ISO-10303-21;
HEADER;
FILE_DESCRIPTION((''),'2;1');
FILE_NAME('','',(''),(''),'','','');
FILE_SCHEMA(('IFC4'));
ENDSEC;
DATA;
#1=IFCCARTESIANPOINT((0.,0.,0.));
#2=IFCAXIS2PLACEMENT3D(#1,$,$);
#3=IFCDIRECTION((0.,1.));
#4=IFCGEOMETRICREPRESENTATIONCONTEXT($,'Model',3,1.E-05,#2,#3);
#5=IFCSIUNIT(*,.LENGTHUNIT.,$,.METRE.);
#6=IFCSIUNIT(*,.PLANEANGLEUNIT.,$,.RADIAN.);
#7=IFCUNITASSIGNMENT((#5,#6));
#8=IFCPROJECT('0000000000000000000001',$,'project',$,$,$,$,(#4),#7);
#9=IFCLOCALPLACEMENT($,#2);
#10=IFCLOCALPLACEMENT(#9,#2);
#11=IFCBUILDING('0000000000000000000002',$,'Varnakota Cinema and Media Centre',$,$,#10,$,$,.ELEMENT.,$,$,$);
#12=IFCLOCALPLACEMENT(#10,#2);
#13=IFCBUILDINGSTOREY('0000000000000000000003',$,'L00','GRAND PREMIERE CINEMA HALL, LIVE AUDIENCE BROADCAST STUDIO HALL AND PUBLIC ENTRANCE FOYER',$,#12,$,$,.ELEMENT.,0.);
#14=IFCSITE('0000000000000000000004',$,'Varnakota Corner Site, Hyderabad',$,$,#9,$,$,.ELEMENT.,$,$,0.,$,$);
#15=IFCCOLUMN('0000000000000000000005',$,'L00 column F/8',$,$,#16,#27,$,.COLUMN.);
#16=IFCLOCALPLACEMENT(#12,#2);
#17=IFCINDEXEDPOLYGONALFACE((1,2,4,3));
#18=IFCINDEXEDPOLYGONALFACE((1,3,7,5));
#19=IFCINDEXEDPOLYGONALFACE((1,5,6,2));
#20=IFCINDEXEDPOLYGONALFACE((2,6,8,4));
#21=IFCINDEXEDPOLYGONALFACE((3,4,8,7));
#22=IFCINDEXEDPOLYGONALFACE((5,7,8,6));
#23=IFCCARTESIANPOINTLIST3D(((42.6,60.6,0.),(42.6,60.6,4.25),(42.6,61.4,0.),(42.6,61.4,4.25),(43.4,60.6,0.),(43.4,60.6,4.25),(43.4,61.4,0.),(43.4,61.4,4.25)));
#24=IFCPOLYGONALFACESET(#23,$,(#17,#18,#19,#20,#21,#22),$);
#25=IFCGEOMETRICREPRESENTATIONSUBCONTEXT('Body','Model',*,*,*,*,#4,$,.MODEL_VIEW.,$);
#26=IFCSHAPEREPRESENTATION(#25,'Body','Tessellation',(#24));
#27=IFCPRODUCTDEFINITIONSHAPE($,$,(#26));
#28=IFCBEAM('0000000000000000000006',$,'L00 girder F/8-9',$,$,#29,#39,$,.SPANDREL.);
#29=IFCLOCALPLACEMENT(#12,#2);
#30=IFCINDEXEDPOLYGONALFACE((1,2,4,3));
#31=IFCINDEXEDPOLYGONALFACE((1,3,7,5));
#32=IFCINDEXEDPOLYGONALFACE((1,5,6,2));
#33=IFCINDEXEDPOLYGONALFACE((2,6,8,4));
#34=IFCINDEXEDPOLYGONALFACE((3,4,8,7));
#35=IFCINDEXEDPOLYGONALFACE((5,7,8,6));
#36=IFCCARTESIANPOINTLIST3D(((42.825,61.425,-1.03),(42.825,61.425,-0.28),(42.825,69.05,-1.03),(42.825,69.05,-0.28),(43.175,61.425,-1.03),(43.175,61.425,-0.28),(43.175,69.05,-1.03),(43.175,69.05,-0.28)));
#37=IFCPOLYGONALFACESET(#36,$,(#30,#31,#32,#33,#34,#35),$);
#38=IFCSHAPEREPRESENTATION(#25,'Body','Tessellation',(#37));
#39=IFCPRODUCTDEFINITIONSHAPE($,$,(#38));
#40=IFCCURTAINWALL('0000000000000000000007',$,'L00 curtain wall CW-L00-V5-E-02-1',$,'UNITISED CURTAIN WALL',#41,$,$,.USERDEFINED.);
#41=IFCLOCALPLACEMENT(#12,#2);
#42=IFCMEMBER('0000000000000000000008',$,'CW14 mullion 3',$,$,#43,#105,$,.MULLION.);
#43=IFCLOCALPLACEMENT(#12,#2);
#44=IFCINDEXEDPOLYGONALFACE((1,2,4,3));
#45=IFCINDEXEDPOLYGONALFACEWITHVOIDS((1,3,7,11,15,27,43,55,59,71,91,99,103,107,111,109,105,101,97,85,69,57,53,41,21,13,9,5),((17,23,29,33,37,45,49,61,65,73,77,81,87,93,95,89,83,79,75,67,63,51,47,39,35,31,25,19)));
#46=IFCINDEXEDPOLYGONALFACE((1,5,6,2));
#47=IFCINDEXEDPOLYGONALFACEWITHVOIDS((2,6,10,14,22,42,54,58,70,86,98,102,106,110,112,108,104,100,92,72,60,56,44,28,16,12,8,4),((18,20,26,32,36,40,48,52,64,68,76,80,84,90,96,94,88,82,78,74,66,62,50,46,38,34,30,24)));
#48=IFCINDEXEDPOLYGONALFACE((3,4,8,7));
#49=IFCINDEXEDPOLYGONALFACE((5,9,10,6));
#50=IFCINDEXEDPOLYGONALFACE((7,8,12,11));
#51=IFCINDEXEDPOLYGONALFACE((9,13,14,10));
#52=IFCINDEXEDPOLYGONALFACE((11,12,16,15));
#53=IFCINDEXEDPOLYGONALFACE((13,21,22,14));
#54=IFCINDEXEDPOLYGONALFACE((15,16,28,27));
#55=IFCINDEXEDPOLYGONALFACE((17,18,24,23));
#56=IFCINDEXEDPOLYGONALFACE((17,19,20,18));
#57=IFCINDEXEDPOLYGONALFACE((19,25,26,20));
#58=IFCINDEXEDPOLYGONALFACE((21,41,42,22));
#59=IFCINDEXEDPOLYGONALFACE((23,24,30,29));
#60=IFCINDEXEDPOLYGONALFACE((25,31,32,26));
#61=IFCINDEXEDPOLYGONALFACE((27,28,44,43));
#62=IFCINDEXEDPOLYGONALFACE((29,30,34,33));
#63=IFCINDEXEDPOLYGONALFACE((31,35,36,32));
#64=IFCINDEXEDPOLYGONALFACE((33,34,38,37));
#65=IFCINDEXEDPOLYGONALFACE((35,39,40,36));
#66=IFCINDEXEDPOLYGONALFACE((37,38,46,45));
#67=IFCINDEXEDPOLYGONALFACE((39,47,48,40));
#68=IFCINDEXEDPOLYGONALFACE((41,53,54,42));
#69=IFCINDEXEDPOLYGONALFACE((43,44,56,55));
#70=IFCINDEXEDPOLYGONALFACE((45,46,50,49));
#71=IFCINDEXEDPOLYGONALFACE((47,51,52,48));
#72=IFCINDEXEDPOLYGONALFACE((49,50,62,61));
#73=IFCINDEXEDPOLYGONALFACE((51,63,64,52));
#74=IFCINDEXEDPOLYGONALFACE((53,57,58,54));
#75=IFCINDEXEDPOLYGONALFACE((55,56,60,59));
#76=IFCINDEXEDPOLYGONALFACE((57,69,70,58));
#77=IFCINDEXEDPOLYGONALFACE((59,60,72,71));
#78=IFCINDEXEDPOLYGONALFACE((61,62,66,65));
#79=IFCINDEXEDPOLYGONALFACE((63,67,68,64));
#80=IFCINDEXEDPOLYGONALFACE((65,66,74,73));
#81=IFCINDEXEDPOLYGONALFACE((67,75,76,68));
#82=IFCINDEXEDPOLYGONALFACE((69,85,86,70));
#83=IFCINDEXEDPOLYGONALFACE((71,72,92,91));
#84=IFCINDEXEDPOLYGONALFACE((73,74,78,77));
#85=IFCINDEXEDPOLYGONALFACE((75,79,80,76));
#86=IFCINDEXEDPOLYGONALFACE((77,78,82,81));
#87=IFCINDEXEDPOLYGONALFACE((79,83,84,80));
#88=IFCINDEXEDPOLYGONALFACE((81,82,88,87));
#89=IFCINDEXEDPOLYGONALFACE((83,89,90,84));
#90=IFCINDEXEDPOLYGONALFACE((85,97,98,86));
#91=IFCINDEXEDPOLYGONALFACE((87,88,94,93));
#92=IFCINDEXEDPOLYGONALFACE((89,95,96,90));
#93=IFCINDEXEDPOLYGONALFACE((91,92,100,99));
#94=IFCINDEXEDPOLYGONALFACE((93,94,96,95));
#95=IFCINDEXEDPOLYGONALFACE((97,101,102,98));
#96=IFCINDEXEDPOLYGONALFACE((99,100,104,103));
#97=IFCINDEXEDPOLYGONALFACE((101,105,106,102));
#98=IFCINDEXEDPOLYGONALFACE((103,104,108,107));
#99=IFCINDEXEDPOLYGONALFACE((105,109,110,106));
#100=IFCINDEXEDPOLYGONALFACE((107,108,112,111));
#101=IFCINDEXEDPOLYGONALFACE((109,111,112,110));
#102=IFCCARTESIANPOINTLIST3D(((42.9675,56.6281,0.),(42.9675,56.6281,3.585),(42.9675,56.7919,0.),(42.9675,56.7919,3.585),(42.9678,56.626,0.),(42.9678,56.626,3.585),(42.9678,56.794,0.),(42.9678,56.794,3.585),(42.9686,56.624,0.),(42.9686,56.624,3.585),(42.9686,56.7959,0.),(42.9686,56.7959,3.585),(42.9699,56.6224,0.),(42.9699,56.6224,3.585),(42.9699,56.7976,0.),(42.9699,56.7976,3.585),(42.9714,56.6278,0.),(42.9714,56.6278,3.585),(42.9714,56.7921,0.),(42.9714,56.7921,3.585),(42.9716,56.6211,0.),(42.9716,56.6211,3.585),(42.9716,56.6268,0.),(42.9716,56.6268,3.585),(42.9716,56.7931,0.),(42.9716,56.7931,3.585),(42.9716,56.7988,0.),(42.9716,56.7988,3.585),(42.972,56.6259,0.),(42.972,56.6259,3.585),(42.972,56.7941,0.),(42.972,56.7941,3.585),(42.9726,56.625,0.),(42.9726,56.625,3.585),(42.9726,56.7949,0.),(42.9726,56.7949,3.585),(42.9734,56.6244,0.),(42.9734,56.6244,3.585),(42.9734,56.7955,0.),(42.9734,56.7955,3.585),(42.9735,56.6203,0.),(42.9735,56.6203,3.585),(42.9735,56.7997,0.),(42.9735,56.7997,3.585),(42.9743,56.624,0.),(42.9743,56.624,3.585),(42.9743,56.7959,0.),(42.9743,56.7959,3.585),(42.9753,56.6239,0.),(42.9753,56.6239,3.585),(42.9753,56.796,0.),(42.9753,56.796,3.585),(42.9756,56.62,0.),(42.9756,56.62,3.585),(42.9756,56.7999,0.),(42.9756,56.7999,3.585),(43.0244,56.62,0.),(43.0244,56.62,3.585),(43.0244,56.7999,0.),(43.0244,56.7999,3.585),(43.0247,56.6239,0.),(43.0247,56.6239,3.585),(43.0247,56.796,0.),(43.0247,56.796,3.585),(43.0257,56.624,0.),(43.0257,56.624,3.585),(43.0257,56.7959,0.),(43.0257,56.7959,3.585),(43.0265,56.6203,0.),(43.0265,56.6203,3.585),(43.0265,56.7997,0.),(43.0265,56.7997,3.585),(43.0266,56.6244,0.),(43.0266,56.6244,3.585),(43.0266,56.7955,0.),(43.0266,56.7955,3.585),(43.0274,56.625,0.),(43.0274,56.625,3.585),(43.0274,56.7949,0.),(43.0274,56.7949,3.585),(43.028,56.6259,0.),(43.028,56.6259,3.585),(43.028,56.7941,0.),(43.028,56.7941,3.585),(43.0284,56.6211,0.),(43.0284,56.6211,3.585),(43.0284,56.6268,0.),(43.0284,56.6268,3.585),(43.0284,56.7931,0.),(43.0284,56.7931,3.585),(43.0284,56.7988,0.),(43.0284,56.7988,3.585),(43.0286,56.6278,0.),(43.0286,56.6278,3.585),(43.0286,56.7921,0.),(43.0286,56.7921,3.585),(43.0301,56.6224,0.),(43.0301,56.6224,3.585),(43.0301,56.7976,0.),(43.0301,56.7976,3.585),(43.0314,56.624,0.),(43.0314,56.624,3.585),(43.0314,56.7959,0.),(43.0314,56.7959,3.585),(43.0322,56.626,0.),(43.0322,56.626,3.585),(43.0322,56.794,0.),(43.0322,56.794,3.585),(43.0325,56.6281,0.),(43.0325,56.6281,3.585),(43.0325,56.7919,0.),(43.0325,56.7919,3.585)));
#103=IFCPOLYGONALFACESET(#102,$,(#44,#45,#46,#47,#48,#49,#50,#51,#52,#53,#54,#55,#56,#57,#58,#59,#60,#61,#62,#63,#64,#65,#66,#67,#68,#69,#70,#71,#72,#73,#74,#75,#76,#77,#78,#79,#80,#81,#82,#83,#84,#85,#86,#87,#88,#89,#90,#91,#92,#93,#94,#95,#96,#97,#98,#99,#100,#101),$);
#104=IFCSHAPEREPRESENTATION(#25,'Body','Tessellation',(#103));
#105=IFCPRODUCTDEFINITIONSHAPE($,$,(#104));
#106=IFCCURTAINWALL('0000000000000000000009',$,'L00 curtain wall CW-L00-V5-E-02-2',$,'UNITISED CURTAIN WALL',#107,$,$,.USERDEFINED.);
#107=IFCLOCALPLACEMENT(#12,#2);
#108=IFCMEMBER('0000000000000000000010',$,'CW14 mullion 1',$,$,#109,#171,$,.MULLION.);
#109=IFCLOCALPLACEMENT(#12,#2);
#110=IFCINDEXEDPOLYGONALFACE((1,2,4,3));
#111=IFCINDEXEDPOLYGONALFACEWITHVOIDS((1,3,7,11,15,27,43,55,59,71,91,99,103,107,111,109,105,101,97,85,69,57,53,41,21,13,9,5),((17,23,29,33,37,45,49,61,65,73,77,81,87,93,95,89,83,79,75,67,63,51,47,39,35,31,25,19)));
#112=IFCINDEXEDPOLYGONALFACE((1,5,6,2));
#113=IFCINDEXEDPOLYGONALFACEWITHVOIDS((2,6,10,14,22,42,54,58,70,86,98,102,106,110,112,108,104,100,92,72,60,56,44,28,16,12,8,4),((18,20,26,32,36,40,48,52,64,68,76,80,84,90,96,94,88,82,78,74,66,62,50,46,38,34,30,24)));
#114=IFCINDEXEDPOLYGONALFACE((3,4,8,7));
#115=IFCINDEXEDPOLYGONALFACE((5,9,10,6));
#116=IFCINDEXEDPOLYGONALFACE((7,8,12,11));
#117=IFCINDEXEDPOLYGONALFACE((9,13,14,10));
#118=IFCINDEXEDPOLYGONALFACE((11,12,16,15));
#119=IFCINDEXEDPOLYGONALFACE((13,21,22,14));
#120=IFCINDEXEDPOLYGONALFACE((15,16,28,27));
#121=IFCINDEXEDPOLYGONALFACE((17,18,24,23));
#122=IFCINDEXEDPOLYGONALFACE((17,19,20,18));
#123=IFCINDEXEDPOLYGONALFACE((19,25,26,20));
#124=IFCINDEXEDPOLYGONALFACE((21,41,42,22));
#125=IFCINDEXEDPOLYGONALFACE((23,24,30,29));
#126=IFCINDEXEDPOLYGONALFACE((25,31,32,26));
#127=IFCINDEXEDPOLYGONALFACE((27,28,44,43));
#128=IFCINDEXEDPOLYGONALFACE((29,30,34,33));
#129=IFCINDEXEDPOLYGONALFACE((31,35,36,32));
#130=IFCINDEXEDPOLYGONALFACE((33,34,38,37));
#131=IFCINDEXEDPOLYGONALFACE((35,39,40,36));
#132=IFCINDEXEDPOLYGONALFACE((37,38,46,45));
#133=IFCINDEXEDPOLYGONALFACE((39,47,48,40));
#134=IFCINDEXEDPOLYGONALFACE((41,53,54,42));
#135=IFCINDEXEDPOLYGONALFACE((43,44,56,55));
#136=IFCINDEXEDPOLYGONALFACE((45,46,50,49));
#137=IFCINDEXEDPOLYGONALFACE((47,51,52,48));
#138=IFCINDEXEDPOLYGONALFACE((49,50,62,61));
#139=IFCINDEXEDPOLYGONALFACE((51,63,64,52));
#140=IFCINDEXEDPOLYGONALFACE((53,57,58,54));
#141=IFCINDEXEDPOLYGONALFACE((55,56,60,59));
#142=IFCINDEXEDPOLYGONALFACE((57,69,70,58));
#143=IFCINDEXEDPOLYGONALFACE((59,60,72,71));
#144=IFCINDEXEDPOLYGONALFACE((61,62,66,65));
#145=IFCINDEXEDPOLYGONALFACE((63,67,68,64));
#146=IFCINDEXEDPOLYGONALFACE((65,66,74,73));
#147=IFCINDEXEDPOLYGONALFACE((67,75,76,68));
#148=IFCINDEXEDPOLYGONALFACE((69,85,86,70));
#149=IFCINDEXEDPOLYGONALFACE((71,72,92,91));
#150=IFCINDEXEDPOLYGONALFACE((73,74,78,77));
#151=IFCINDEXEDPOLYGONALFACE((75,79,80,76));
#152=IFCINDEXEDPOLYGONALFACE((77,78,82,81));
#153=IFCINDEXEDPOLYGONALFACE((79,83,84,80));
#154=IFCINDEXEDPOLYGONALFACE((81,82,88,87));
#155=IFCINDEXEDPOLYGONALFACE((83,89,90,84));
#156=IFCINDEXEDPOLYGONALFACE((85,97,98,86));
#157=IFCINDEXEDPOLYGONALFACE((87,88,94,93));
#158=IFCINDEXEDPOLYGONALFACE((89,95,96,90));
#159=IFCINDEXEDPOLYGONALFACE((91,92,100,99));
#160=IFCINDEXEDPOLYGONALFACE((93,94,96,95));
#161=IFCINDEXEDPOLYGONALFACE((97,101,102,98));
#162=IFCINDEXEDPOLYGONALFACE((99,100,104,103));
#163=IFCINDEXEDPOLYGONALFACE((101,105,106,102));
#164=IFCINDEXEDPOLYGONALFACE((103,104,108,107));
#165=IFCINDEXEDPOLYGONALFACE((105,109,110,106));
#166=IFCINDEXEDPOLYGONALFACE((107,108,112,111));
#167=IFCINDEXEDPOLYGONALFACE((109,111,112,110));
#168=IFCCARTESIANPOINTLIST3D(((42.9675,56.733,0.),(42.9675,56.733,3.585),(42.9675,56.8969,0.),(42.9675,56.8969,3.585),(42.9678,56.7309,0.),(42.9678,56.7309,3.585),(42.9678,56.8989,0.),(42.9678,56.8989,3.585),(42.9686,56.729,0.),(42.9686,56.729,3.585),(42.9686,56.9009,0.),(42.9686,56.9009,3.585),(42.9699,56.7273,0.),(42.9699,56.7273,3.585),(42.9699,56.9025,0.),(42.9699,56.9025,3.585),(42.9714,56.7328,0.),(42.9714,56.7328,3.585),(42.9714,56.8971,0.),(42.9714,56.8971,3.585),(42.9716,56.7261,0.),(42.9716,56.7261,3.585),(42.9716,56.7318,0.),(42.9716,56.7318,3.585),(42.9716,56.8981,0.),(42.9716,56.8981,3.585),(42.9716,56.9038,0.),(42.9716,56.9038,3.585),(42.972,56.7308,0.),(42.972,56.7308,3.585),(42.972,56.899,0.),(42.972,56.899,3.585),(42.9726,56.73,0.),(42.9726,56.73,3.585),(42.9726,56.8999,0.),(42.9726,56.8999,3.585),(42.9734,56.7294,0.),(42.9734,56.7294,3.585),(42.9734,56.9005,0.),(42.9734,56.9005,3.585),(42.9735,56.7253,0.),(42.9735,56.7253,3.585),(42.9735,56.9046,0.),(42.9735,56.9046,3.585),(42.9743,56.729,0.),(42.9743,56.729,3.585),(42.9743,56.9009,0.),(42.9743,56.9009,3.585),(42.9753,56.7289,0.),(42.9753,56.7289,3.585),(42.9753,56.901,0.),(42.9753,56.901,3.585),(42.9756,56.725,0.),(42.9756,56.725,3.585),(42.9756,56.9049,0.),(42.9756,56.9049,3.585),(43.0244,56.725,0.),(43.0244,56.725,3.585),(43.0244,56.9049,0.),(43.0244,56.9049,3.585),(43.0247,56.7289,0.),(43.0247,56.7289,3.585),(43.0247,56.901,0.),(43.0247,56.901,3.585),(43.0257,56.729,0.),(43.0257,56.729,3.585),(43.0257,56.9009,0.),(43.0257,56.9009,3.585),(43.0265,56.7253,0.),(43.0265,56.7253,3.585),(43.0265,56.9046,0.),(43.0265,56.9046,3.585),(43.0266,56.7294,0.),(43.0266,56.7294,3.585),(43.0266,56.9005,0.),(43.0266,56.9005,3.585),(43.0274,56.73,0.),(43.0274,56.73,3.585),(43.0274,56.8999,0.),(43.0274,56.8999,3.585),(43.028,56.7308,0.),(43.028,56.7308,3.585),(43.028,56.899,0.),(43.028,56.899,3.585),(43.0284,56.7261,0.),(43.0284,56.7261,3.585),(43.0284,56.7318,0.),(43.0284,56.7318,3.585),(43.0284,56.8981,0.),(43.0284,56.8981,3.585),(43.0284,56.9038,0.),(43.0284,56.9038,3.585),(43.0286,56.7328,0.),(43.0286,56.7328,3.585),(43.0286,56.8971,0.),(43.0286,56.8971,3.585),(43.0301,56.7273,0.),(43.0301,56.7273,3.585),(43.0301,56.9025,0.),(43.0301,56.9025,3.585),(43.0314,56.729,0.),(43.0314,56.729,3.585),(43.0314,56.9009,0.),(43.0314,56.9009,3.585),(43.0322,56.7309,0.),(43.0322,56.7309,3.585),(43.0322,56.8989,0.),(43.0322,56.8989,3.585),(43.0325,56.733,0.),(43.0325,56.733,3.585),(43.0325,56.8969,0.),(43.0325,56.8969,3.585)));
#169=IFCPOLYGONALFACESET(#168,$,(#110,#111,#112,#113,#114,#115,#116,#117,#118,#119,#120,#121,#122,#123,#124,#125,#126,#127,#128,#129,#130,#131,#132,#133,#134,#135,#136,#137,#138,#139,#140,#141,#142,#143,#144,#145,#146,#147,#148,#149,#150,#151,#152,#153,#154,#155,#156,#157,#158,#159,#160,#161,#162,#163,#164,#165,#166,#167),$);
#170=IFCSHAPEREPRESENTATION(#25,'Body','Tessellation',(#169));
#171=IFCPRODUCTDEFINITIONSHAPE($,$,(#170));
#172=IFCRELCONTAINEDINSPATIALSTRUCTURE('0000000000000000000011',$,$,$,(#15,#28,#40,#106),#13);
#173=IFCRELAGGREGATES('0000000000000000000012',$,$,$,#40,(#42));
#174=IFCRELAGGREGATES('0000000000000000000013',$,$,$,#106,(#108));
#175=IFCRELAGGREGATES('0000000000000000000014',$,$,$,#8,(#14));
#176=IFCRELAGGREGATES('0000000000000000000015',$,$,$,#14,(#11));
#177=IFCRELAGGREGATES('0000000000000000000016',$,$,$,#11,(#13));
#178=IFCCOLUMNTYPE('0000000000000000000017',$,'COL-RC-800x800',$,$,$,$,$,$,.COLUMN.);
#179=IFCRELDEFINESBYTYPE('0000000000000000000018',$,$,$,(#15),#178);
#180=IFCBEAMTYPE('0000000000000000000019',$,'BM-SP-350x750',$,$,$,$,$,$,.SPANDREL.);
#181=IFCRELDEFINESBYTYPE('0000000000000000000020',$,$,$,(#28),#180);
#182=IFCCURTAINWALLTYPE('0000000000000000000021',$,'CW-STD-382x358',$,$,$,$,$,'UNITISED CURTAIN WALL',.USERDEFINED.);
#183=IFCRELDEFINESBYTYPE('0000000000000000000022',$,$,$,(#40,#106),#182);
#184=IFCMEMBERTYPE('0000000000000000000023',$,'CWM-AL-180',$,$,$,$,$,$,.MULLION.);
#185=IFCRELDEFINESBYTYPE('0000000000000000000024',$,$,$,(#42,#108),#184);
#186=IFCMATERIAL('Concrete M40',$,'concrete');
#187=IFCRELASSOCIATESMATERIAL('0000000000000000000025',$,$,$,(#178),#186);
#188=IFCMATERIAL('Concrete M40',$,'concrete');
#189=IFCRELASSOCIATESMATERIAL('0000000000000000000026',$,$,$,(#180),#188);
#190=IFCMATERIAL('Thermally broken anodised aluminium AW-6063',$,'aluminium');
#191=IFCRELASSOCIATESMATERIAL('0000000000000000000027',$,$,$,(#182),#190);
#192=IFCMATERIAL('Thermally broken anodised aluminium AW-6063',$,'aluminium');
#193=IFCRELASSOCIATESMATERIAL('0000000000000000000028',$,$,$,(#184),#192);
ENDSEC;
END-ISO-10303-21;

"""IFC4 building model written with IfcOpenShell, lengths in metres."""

from ifc_helpers import new_model, si_unit, direction, frame, origin, origin_2d, place, context, subcontext, project, spatial, rectangle, hollow_rectangle, extrude, material, material_profile, profile_set, type_object, element, aggregate, save


model = new_model("IFC4")

# Units and contexts
model_context = context("Model", 3, precision=1e-05, world=origin(), true_north=direction((0.0, 1.0)))
body_context = subcontext(model_context, "Body", "Model", "MODEL_VIEW")
ifc_project = project(units=[si_unit("LENGTHUNIT", "METRE"), si_unit("PLANEANGLEUNIT", "RADIAN")], contexts=[model_context])

# Site, building, storey
site_placement = place(None, origin())
site = spatial("IfcSite", under=ifc_project, at=site_placement, Name="Varnakota Corner Site, Hyderabad", CompositionType="ELEMENT", RefElevation=0.0)
building_placement = place(site_placement, origin())
building = spatial("IfcBuilding", under=site, at=building_placement, Name="Varnakota Cinema and Media Centre", CompositionType="ELEMENT")
storey_placement = place(building_placement, origin())
storey = spatial("IfcBuildingStorey", under=building, at=storey_placement, Name="L00", Description="GRAND PREMIERE CINEMA HALL, LIVE AUDIENCE BROADCAST STUDIO HALL AND PUBLIC ENTRANCE FOYER", CompositionType="ELEMENT", Elevation=0.0)

# Column
ifc_material_1 = material(Name="Concrete M40", Category="concrete")
ifc_material_profile_1 = material_profile(ifc_material_1, rectangle(XDim=0.8, YDim=0.8, at=origin_2d()), Name="RC 800x800")
ifc_profile_set_1 = profile_set([ifc_material_profile_1], Name="Concrete M40")
column_type = type_object("IfcColumnType", Name="COL-RC-800x800", PredefinedType="COLUMN", material=ifc_profile_set_1)
column_placement = place(storey_placement, frame((43.0, 61.0, 0.0), z_axis=(0.0, 0.0, 1.0), x_axis=(1.0, 0.0, 0.0)))
element("IfcColumn", 1, at=column_placement, inside=storey, type_object=column_type, Name="L00 column F/8", PredefinedType="COLUMN", context=body_context, shape_type="SweptSolid", body=[
    extrude(rectangle(XDim=0.8, YDim=0.8, at=origin_2d()), origin(), (0.0, 0.0, 1.0), 4.25),
])

# Beam
ifc_material_2 = material(Name="Concrete M40", Category="concrete")
ifc_material_profile_2 = material_profile(ifc_material_2, rectangle(XDim=0.3501, YDim=0.75, at=origin_2d()), Name="RCB 350x750")
ifc_profile_set_2 = profile_set([ifc_material_profile_2], Name="Concrete M40")
beam_type = type_object("IfcBeamType", Name="BM-SP-350x750", PredefinedType="SPANDREL", material=ifc_profile_set_2)
beam_placement = place(storey_placement, frame((43.0, 61.425, -0.655), z_axis=(0.0, 1.0, 0.0), x_axis=(-1.0, 0.0, 0.0)))
element("IfcBeam", 2, at=beam_placement, inside=storey, type_object=beam_type, Name="L00 girder F/8-9", PredefinedType="SPANDREL", context=body_context, shape_type="SweptSolid", body=[
    extrude(rectangle(XDim=0.3501, YDim=0.75, at=origin_2d()), origin(), (0.0, 0.0, 1.0), 7.625),
])

# Curtain wall, member
ifc_material_3 = material(Name="Thermally broken anodised aluminium AW-6063", Category="aluminium")
curtain_wall_type = type_object("IfcCurtainWallType", Name="CW-STD-382x358", ElementType="UNITISED CURTAIN WALL", PredefinedType="USERDEFINED", material=ifc_material_3)
curtain_wall_1_placement = place(storey_placement, origin())
curtain_wall_1 = element("IfcCurtainWall", 3, at=curtain_wall_1_placement, inside=storey, type_object=curtain_wall_type, Name="L00 curtain wall CW-L00-V5-E-02-1", ObjectType="UNITISED CURTAIN WALL", PredefinedType="USERDEFINED")
ifc_material_4 = material(Name="Thermally broken anodised aluminium AW-6063", Category="aluminium")
ifc_material_profile_3 = material_profile(ifc_material_4, hollow_rectangle(XDim=0.0649, YDim=0.1799, WallThickness=0.0039, InnerFilletRadius=0.0039, OuterFilletRadius=0.0081, at=origin_2d()), Name="AL-MULLION 180x65x4")
ifc_profile_set_3 = profile_set([ifc_material_profile_3], Name="Thermally broken anodised aluminium AW-6063")
member_type_1 = type_object("IfcMemberType", Name="CWM-AL-180", PredefinedType="MULLION", material=ifc_profile_set_3)
member_1_placement = place(storey_placement, frame((43.0, 56.71, 0.0), z_axis=(0.0, 0.0, 1.0), x_axis=(-1.0, 0.0, 0.0)))
member_1 = element("IfcMember", 4, at=member_1_placement, type_object=member_type_1, Name="CW14 mullion 3", PredefinedType="MULLION", context=body_context, shape_type="SweptSolid", body=[
    extrude(hollow_rectangle(XDim=0.0649, YDim=0.1799, WallThickness=0.0039, InnerFilletRadius=0.0039, OuterFilletRadius=0.0081, at=origin_2d()), origin(), (0.0, 0.0, 1.0), 3.585),
])

# Curtain wall, member
curtain_wall_2_placement = place(storey_placement, origin())
curtain_wall_2 = element("IfcCurtainWall", 5, at=curtain_wall_2_placement, inside=storey, type_object=curtain_wall_type, Name="L00 curtain wall CW-L00-V5-E-02-2", ObjectType="UNITISED CURTAIN WALL", PredefinedType="USERDEFINED")
member_2_placement = place(storey_placement, frame((43.0, 56.8149, 0.0), z_axis=(0.0, 0.0, 1.0), x_axis=(-1.0, 0.0, 0.0)))
member_2 = element("IfcMember", 6, at=member_2_placement, type_object=member_type_1, Name="CW14 mullion 1", PredefinedType="MULLION", context=body_context, shape_type="SweptSolid", body=[
    extrude(hollow_rectangle(XDim=0.0649, YDim=0.1799, WallThickness=0.0039, InnerFilletRadius=0.0039, OuterFilletRadius=0.0081, at=origin_2d()), origin(), (0.0, 0.0, 1.0), 3.585),
])

aggregate(curtain_wall_1, [member_1])
aggregate(curtain_wall_2, [member_2])

save(model, "model.ifc")
